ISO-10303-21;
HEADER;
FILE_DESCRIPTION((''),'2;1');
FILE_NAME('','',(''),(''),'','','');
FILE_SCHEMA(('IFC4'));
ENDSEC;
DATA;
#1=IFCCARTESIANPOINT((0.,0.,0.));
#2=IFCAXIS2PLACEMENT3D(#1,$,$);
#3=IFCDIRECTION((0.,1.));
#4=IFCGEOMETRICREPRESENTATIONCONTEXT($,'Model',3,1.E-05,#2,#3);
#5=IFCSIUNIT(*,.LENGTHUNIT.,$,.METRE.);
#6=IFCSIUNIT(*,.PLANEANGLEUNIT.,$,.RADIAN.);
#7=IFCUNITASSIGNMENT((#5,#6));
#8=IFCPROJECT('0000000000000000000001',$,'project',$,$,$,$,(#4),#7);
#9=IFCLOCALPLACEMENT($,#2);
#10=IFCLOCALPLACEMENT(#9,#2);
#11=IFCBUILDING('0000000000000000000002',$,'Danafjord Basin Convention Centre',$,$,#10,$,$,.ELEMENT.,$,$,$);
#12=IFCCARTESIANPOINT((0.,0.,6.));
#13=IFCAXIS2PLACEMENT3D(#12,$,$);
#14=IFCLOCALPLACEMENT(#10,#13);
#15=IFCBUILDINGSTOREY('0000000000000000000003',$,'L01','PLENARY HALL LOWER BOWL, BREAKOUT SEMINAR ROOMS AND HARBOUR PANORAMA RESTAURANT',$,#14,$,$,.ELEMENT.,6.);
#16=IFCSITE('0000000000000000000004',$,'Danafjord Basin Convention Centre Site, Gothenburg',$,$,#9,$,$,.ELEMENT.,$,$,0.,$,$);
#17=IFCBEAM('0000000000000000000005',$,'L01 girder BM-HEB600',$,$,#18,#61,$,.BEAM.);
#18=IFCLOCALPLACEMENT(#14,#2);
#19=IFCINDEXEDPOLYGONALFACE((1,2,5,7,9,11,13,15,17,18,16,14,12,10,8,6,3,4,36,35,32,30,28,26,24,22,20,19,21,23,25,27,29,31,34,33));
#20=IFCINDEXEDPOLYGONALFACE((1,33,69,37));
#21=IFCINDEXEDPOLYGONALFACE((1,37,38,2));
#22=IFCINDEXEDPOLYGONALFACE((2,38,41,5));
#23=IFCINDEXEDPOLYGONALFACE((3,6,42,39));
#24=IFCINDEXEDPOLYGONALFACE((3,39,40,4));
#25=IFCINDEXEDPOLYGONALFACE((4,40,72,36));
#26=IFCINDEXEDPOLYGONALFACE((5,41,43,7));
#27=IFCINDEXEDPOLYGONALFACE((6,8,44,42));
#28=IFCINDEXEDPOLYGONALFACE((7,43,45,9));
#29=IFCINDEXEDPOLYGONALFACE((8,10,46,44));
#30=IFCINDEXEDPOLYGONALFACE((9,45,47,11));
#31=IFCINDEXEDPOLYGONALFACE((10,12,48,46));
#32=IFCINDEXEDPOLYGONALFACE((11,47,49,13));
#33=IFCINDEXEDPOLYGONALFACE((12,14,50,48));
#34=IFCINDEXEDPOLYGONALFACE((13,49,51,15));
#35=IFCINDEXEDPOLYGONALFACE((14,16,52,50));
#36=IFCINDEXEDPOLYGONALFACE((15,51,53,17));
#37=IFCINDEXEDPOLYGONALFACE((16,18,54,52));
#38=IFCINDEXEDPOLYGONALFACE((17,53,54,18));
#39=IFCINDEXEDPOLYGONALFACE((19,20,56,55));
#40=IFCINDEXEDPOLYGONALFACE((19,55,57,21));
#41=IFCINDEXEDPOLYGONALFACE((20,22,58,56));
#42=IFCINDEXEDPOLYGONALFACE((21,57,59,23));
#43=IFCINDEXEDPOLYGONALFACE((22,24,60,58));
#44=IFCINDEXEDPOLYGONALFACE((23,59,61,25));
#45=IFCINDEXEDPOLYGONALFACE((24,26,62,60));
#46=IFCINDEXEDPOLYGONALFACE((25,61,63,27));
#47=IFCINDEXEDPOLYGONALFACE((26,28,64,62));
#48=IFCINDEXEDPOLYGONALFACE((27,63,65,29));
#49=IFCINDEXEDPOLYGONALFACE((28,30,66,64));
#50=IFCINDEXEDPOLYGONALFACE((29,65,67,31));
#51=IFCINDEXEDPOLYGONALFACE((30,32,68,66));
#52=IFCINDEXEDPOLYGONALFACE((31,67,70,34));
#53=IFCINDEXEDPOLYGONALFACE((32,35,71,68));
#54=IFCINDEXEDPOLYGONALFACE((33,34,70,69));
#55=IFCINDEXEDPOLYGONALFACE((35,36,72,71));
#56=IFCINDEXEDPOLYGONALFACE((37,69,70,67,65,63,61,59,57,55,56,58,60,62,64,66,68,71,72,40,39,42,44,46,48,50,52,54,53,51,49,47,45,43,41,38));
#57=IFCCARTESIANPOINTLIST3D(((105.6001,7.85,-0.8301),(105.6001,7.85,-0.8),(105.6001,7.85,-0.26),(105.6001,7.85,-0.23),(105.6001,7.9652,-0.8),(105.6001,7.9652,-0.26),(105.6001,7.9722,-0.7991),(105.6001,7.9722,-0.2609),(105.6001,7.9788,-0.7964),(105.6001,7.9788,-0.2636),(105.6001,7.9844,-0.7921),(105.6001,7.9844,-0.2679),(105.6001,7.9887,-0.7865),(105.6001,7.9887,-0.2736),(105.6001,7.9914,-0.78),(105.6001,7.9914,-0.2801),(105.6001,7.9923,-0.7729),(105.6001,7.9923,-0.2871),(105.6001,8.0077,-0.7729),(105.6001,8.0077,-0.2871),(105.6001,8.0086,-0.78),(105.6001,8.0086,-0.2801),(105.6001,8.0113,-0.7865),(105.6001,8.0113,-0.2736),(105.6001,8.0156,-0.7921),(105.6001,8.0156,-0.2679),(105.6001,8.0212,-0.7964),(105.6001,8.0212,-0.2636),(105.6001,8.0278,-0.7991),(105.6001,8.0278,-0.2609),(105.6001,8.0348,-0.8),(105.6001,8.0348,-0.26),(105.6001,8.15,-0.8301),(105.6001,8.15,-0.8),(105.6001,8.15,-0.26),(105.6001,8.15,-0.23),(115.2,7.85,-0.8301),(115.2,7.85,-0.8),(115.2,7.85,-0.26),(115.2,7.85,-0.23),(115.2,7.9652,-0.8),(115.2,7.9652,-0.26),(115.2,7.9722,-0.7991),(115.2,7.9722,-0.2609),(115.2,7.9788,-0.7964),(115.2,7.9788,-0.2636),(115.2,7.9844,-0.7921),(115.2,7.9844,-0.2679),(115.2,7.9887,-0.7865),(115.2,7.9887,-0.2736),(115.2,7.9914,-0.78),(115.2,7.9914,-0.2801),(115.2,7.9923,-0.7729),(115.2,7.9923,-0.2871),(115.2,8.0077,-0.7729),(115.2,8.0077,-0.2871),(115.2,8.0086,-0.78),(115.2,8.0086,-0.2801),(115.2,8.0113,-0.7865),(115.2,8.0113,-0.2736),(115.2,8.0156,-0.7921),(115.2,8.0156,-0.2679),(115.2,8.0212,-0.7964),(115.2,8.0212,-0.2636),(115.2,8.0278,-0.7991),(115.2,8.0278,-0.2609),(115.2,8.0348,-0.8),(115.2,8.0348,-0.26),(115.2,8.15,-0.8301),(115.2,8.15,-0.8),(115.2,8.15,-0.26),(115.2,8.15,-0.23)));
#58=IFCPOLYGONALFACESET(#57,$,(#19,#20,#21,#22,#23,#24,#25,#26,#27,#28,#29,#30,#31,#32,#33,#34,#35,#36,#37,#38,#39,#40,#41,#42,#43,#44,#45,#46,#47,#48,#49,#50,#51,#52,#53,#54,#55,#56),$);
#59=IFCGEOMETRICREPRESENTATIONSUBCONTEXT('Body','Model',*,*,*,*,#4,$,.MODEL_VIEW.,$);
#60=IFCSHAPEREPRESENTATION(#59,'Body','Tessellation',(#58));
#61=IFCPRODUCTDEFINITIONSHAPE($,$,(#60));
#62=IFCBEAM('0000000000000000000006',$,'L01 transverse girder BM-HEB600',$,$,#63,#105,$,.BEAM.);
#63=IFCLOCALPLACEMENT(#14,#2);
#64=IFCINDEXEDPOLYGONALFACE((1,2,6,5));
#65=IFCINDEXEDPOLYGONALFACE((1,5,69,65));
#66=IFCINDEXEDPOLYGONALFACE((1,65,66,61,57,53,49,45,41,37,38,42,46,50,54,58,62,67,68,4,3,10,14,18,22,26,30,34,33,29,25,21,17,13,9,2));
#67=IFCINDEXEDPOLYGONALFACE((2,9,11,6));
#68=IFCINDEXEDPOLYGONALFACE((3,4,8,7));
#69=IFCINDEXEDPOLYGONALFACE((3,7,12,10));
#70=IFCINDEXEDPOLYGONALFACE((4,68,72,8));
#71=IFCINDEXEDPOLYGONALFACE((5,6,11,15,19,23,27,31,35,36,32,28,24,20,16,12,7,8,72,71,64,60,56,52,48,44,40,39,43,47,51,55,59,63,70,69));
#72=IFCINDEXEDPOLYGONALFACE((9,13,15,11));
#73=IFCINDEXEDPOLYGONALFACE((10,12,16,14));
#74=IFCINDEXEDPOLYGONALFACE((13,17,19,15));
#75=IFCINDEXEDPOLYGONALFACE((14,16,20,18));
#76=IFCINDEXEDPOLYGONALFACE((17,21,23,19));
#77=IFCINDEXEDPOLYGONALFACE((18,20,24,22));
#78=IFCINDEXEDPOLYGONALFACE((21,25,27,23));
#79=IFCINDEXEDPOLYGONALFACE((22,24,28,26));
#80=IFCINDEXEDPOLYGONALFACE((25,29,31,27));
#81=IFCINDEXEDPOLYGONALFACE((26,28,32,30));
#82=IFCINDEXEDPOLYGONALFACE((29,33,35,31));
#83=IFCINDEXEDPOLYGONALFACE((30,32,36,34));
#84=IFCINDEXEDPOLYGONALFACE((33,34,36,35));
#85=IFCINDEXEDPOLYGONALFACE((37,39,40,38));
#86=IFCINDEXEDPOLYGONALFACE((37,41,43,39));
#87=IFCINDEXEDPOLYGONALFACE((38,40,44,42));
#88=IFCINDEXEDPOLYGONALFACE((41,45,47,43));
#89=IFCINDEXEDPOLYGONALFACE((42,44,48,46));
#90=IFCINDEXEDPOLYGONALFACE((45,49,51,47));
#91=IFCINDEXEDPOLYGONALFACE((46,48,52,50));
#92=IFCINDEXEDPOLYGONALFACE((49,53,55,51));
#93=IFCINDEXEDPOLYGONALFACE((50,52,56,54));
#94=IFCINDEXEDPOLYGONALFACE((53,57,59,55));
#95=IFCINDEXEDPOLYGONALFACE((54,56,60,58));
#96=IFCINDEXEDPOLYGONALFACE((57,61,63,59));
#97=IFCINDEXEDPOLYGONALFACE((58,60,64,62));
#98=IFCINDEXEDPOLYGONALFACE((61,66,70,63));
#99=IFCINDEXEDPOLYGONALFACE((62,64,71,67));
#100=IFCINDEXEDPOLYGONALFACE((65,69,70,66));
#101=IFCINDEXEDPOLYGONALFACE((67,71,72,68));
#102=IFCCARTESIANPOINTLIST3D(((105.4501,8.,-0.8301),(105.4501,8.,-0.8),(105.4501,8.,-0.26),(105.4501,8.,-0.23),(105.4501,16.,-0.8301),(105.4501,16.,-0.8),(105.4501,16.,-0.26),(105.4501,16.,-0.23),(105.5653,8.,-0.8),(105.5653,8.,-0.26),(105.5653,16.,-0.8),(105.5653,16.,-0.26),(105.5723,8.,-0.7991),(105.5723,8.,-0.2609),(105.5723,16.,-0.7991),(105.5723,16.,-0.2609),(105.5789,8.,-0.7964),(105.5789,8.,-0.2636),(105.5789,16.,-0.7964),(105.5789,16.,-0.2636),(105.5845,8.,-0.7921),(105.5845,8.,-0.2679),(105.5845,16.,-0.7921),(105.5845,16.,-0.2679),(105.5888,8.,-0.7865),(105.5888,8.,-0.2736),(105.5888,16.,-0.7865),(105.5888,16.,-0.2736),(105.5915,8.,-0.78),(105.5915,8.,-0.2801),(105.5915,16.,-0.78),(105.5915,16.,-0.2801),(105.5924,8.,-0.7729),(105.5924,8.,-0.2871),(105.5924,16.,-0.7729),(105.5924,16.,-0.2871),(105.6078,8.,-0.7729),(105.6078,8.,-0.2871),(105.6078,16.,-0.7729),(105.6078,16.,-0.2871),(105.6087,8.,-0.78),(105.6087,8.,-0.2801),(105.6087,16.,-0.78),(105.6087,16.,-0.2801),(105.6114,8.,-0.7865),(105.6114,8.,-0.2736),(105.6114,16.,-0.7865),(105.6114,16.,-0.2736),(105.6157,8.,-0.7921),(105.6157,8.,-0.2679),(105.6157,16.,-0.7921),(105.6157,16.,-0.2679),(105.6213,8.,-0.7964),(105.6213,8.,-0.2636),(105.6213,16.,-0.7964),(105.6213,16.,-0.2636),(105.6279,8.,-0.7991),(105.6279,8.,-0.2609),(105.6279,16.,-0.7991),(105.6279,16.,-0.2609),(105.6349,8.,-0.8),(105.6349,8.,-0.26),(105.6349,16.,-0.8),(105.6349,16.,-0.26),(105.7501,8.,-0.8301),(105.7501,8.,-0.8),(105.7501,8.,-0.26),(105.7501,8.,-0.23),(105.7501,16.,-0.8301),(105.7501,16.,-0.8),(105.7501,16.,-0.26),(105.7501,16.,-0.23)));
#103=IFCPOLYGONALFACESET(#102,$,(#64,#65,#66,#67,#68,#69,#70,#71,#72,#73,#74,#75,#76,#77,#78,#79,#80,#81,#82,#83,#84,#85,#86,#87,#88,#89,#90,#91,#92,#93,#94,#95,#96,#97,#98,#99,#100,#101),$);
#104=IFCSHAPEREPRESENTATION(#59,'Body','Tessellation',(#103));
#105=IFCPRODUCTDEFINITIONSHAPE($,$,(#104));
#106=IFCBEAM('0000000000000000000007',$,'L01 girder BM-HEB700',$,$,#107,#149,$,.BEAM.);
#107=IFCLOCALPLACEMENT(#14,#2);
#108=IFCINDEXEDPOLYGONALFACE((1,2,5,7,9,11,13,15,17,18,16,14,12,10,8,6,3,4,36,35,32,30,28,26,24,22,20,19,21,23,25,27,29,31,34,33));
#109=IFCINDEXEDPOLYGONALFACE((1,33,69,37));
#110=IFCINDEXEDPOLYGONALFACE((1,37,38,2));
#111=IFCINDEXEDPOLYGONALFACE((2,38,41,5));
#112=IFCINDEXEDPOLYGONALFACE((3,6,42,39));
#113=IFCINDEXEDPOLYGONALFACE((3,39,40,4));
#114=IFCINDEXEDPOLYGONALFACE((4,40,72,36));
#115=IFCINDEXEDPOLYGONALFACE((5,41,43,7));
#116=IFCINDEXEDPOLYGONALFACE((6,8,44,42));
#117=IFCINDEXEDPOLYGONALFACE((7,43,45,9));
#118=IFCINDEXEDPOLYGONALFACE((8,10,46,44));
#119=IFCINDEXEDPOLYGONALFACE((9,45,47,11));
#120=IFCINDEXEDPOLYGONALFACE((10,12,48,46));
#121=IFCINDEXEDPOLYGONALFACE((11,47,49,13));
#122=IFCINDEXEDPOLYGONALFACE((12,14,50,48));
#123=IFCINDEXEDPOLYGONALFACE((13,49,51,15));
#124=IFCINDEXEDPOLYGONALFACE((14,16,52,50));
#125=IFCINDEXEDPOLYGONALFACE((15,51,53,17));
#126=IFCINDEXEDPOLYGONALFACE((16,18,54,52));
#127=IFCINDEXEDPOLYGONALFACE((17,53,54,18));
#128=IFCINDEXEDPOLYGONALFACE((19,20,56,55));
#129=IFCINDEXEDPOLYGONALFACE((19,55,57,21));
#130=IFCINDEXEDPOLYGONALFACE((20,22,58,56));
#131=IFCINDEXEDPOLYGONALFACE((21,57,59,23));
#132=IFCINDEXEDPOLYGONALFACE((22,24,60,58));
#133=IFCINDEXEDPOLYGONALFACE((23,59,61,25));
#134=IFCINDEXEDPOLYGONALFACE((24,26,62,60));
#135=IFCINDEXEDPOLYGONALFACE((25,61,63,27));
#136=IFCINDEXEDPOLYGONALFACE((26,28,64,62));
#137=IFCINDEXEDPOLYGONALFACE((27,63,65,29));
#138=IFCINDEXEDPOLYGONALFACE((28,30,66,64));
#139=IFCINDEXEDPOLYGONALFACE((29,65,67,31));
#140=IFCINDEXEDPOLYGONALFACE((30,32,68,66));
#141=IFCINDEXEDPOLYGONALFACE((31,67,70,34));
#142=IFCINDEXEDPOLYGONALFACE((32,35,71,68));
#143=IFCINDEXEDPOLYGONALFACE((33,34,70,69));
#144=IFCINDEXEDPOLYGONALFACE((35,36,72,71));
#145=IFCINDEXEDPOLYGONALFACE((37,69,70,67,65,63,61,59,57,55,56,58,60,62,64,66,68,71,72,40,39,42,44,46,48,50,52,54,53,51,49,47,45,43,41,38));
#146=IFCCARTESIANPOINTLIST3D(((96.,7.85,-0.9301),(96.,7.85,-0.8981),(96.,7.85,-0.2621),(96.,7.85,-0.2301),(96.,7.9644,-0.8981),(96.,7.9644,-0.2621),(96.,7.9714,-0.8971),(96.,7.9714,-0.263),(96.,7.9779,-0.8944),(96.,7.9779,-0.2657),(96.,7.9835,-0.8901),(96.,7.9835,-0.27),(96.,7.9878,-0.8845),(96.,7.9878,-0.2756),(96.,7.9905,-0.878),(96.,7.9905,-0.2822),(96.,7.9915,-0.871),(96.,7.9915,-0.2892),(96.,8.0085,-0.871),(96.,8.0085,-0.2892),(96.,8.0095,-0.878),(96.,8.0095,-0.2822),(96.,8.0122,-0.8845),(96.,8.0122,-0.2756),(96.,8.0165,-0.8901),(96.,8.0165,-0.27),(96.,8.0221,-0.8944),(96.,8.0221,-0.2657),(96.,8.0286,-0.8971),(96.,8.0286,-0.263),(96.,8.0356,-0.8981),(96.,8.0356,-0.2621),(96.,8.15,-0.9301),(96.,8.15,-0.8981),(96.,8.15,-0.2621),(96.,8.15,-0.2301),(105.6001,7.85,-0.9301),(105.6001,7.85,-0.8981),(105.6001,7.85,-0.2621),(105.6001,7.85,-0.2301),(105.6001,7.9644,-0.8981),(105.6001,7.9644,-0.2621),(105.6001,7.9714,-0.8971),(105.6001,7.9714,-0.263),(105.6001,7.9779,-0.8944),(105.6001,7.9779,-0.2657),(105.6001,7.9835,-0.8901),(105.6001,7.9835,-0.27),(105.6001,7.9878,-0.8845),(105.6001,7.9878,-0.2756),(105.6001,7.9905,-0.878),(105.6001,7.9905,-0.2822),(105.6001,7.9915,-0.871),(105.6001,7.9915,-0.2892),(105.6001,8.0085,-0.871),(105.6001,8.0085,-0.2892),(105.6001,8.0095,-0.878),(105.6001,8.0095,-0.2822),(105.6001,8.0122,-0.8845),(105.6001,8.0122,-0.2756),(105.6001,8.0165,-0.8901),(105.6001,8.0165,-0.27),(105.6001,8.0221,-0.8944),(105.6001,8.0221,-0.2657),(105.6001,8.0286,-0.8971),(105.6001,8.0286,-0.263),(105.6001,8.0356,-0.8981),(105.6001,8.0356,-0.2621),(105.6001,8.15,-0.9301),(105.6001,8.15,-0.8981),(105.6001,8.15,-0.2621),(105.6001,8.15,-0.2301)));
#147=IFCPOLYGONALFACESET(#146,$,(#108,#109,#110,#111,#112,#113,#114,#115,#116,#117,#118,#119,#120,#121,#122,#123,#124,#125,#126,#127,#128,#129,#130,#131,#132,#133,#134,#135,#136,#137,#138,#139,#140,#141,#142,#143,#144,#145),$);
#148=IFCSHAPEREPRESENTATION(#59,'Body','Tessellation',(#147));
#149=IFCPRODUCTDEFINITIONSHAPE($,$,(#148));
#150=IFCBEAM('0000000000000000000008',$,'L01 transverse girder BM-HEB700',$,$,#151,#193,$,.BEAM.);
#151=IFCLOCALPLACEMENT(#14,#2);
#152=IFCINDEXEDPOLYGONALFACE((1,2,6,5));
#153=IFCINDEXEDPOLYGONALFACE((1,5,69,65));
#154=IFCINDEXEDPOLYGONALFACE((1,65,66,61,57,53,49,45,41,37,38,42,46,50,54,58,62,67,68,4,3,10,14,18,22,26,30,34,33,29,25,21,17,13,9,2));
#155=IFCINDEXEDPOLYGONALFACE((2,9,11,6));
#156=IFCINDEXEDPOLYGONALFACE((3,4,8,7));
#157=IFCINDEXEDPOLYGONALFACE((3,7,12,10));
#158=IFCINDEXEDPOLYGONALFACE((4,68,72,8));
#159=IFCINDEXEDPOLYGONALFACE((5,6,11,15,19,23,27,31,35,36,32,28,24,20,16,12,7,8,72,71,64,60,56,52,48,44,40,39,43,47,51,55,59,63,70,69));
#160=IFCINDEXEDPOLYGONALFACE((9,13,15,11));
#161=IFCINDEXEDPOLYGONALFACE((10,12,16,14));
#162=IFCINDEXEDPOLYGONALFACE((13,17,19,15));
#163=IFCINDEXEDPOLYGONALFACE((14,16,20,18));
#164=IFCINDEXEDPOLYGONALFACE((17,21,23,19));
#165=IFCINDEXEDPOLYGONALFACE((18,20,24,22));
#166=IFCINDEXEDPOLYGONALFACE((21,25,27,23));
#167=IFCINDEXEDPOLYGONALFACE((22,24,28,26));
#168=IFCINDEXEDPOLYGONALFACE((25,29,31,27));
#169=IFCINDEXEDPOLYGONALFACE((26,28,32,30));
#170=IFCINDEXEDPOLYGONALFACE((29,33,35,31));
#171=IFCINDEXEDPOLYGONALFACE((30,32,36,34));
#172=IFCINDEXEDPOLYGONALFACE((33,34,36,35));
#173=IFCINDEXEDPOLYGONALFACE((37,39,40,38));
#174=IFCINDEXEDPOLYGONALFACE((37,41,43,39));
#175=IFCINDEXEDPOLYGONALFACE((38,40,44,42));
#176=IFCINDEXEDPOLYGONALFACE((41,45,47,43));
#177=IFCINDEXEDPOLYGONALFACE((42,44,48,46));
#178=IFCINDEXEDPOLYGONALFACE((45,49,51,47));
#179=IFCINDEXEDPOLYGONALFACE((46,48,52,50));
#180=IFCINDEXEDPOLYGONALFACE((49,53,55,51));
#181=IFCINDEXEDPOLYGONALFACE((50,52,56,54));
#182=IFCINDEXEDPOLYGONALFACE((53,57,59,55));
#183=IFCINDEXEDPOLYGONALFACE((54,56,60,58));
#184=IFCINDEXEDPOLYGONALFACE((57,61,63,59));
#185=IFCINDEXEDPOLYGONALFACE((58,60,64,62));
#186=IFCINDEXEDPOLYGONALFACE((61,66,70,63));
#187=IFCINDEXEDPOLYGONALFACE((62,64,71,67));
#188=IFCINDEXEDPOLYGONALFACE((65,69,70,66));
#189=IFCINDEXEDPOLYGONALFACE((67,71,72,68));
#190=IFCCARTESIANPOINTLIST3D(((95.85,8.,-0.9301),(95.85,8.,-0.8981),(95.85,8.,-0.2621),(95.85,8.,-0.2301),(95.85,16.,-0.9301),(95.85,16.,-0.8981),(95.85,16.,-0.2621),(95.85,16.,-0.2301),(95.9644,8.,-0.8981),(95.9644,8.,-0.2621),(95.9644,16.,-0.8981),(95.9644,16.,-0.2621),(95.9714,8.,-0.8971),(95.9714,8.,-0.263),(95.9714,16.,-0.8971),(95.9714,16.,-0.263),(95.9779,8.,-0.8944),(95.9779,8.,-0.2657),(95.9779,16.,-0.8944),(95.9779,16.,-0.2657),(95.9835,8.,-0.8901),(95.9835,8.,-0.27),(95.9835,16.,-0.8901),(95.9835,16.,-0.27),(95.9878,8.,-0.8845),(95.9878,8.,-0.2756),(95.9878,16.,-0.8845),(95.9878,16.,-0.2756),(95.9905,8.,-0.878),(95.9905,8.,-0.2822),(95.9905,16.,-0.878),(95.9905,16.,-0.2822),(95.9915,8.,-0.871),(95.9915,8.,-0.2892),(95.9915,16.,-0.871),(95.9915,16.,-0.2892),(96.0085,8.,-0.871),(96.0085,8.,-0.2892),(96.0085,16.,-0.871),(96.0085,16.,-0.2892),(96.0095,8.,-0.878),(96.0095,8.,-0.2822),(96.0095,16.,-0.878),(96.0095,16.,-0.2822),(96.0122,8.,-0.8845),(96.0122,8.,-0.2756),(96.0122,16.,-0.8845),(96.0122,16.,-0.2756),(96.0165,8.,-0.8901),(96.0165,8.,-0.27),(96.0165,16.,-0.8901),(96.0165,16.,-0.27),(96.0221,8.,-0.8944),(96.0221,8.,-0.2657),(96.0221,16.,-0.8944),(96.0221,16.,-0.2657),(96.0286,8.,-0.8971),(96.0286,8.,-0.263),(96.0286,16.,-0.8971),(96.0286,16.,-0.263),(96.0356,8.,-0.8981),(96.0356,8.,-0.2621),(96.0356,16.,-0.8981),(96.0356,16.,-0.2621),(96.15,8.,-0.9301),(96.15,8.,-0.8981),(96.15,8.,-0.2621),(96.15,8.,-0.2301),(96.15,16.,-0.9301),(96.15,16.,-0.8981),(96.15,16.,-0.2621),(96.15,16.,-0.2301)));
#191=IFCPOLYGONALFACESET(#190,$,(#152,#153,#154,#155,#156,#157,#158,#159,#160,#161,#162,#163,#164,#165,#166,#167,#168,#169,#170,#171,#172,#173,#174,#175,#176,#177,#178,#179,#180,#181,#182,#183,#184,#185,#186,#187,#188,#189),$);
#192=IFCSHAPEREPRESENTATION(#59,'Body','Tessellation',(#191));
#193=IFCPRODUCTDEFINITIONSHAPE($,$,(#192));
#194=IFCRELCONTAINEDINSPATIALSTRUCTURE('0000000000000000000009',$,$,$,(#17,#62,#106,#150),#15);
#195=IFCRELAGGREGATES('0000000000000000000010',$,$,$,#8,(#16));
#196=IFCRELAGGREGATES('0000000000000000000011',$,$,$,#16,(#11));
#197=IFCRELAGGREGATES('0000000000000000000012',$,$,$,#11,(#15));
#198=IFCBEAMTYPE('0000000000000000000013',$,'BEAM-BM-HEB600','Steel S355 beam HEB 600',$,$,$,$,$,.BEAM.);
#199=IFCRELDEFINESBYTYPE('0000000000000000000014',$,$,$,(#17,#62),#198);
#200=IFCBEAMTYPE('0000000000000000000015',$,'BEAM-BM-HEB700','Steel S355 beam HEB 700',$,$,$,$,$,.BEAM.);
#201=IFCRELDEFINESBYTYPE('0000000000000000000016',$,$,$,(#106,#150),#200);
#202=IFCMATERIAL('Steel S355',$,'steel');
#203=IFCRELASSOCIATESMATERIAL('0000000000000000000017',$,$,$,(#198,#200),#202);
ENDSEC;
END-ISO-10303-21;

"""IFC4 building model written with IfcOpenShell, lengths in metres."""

from ifc_helpers import new_model, si_unit, direction, frame, origin, origin_2d, place, context, subcontext, project, spatial, i_section, extrude, material, material_profile, profile_set, type_object, element, save


model = new_model("IFC4")

# Units and contexts
model_context = context("Model", 3, precision=1e-05, world=origin(), true_north=direction((0.0, 1.0)))
body_context = subcontext(model_context, "Body", "Model", "MODEL_VIEW")
ifc_project = project(units=[si_unit("LENGTHUNIT", "METRE"), si_unit("PLANEANGLEUNIT", "RADIAN")], contexts=[model_context])

# Site, building, storey
site_placement = place(None, origin())
site = spatial("IfcSite", under=ifc_project, at=site_placement, Name="Danafjord Basin Convention Centre Site, Gothenburg", CompositionType="ELEMENT", RefElevation=0.0)
building_placement = place(site_placement, origin())
building = spatial("IfcBuilding", under=site, at=building_placement, Name="Danafjord Basin Convention Centre", CompositionType="ELEMENT")
storey_placement = place(building_placement, frame((0.0, 0.0, 6.0)))
storey = spatial("IfcBuildingStorey", under=building, at=storey_placement, Name="L01", Description="PLENARY HALL LOWER BOWL, BREAKOUT SEMINAR ROOMS AND HARBOUR PANORAMA RESTAURANT", CompositionType="ELEMENT", Elevation=6.0)

# Shared definitions
ifc_material_1 = material(Name="Steel S355", Category="steel")

# Beams
ifc_material_profile_1 = material_profile(ifc_material_1, i_section(OverallWidth=0.3, OverallDepth=0.6001, WebThickness=0.0154, FlangeThickness=0.03, FilletRadius=0.0271, at=origin_2d()), Name="HEB 600")
ifc_profile_set_1 = profile_set([ifc_material_profile_1], Name="Steel S355")
beam_type_1 = type_object("IfcBeamType", Name="BEAM-BM-HEB600", Description="Steel S355 beam HEB 600", PredefinedType="BEAM", material=ifc_profile_set_1)
beam_1_placement = place(storey_placement, frame((105.6001, 8.0, -0.53), z_axis=(1.0, 0.0, 0.0), x_axis=(0.0, 1.0, 0.0)))
element("IfcBeam", 1, at=beam_1_placement, inside=storey, type_object=beam_type_1, Name="L01 girder BM-HEB600", PredefinedType="BEAM", context=body_context, shape_type="SweptSolid", body=[
    extrude(i_section(OverallWidth=0.3, OverallDepth=0.6001, WebThickness=0.0154, FlangeThickness=0.03, FilletRadius=0.0271, at=origin_2d()), origin(), (0.0, 0.0, 1.0), 9.5999),
])
beam_2_placement = place(storey_placement, frame((105.6001, 8.0, -0.53), z_axis=(0.0, 1.0, 0.0), x_axis=(-1.0, 0.0, 0.0)))
element("IfcBeam", 2, at=beam_2_placement, inside=storey, type_object=beam_type_1, Name="L01 transverse girder BM-HEB600", PredefinedType="BEAM", context=body_context, shape_type="SweptSolid", body=[
    extrude(i_section(OverallWidth=0.3, OverallDepth=0.6001, WebThickness=0.0154, FlangeThickness=0.03, FilletRadius=0.0271, at=origin_2d()), origin(), (0.0, 0.0, 1.0), 8.0),
])
ifc_material_profile_2 = material_profile(ifc_material_1, i_section(OverallWidth=0.3, OverallDepth=0.7, WebThickness=0.0171, FlangeThickness=0.032, FilletRadius=0.0271, at=origin_2d()), Name="HEB 700")
ifc_profile_set_2 = profile_set([ifc_material_profile_2], Name="Steel S355")
beam_type_2 = type_object("IfcBeamType", Name="BEAM-BM-HEB700", Description="Steel S355 beam HEB 700", PredefinedType="BEAM", material=ifc_profile_set_2)
beam_3_placement = place(storey_placement, frame((96.0, 8.0, -0.5801), z_axis=(1.0, 0.0, 0.0), x_axis=(0.0, 1.0, 0.0)))
element("IfcBeam", 3, at=beam_3_placement, inside=storey, type_object=beam_type_2, Name="L01 girder BM-HEB700", PredefinedType="BEAM", context=body_context, shape_type="SweptSolid", body=[
    extrude(i_section(OverallWidth=0.3, OverallDepth=0.7, WebThickness=0.0171, FlangeThickness=0.032, FilletRadius=0.0271, at=origin_2d()), origin(), (0.0, 0.0, 1.0), 9.6001),
])
for number, where, z_axis, x_axis, name in (
    (4, (96.0, 8.0, -0.5801), (0.0, 1.0, 0.0), (-1.0, 0.0, 0.0), "L01 transverse girder BM-HEB700"),
):
    element("IfcBeam", number, at=place(storey_placement, frame(where, z_axis=z_axis, x_axis=x_axis)), inside=storey, type_object=beam_type_2, Name=name, PredefinedType="BEAM", context=body_context, shape_type="SweptSolid", body=[
        extrude(i_section(OverallWidth=0.3, OverallDepth=0.7, WebThickness=0.0171, FlangeThickness=0.032, FilletRadius=0.0271, at=origin_2d()), origin(), (0.0, 0.0, 1.0), 8.0),
    ])

save(model, "model.ifc")
